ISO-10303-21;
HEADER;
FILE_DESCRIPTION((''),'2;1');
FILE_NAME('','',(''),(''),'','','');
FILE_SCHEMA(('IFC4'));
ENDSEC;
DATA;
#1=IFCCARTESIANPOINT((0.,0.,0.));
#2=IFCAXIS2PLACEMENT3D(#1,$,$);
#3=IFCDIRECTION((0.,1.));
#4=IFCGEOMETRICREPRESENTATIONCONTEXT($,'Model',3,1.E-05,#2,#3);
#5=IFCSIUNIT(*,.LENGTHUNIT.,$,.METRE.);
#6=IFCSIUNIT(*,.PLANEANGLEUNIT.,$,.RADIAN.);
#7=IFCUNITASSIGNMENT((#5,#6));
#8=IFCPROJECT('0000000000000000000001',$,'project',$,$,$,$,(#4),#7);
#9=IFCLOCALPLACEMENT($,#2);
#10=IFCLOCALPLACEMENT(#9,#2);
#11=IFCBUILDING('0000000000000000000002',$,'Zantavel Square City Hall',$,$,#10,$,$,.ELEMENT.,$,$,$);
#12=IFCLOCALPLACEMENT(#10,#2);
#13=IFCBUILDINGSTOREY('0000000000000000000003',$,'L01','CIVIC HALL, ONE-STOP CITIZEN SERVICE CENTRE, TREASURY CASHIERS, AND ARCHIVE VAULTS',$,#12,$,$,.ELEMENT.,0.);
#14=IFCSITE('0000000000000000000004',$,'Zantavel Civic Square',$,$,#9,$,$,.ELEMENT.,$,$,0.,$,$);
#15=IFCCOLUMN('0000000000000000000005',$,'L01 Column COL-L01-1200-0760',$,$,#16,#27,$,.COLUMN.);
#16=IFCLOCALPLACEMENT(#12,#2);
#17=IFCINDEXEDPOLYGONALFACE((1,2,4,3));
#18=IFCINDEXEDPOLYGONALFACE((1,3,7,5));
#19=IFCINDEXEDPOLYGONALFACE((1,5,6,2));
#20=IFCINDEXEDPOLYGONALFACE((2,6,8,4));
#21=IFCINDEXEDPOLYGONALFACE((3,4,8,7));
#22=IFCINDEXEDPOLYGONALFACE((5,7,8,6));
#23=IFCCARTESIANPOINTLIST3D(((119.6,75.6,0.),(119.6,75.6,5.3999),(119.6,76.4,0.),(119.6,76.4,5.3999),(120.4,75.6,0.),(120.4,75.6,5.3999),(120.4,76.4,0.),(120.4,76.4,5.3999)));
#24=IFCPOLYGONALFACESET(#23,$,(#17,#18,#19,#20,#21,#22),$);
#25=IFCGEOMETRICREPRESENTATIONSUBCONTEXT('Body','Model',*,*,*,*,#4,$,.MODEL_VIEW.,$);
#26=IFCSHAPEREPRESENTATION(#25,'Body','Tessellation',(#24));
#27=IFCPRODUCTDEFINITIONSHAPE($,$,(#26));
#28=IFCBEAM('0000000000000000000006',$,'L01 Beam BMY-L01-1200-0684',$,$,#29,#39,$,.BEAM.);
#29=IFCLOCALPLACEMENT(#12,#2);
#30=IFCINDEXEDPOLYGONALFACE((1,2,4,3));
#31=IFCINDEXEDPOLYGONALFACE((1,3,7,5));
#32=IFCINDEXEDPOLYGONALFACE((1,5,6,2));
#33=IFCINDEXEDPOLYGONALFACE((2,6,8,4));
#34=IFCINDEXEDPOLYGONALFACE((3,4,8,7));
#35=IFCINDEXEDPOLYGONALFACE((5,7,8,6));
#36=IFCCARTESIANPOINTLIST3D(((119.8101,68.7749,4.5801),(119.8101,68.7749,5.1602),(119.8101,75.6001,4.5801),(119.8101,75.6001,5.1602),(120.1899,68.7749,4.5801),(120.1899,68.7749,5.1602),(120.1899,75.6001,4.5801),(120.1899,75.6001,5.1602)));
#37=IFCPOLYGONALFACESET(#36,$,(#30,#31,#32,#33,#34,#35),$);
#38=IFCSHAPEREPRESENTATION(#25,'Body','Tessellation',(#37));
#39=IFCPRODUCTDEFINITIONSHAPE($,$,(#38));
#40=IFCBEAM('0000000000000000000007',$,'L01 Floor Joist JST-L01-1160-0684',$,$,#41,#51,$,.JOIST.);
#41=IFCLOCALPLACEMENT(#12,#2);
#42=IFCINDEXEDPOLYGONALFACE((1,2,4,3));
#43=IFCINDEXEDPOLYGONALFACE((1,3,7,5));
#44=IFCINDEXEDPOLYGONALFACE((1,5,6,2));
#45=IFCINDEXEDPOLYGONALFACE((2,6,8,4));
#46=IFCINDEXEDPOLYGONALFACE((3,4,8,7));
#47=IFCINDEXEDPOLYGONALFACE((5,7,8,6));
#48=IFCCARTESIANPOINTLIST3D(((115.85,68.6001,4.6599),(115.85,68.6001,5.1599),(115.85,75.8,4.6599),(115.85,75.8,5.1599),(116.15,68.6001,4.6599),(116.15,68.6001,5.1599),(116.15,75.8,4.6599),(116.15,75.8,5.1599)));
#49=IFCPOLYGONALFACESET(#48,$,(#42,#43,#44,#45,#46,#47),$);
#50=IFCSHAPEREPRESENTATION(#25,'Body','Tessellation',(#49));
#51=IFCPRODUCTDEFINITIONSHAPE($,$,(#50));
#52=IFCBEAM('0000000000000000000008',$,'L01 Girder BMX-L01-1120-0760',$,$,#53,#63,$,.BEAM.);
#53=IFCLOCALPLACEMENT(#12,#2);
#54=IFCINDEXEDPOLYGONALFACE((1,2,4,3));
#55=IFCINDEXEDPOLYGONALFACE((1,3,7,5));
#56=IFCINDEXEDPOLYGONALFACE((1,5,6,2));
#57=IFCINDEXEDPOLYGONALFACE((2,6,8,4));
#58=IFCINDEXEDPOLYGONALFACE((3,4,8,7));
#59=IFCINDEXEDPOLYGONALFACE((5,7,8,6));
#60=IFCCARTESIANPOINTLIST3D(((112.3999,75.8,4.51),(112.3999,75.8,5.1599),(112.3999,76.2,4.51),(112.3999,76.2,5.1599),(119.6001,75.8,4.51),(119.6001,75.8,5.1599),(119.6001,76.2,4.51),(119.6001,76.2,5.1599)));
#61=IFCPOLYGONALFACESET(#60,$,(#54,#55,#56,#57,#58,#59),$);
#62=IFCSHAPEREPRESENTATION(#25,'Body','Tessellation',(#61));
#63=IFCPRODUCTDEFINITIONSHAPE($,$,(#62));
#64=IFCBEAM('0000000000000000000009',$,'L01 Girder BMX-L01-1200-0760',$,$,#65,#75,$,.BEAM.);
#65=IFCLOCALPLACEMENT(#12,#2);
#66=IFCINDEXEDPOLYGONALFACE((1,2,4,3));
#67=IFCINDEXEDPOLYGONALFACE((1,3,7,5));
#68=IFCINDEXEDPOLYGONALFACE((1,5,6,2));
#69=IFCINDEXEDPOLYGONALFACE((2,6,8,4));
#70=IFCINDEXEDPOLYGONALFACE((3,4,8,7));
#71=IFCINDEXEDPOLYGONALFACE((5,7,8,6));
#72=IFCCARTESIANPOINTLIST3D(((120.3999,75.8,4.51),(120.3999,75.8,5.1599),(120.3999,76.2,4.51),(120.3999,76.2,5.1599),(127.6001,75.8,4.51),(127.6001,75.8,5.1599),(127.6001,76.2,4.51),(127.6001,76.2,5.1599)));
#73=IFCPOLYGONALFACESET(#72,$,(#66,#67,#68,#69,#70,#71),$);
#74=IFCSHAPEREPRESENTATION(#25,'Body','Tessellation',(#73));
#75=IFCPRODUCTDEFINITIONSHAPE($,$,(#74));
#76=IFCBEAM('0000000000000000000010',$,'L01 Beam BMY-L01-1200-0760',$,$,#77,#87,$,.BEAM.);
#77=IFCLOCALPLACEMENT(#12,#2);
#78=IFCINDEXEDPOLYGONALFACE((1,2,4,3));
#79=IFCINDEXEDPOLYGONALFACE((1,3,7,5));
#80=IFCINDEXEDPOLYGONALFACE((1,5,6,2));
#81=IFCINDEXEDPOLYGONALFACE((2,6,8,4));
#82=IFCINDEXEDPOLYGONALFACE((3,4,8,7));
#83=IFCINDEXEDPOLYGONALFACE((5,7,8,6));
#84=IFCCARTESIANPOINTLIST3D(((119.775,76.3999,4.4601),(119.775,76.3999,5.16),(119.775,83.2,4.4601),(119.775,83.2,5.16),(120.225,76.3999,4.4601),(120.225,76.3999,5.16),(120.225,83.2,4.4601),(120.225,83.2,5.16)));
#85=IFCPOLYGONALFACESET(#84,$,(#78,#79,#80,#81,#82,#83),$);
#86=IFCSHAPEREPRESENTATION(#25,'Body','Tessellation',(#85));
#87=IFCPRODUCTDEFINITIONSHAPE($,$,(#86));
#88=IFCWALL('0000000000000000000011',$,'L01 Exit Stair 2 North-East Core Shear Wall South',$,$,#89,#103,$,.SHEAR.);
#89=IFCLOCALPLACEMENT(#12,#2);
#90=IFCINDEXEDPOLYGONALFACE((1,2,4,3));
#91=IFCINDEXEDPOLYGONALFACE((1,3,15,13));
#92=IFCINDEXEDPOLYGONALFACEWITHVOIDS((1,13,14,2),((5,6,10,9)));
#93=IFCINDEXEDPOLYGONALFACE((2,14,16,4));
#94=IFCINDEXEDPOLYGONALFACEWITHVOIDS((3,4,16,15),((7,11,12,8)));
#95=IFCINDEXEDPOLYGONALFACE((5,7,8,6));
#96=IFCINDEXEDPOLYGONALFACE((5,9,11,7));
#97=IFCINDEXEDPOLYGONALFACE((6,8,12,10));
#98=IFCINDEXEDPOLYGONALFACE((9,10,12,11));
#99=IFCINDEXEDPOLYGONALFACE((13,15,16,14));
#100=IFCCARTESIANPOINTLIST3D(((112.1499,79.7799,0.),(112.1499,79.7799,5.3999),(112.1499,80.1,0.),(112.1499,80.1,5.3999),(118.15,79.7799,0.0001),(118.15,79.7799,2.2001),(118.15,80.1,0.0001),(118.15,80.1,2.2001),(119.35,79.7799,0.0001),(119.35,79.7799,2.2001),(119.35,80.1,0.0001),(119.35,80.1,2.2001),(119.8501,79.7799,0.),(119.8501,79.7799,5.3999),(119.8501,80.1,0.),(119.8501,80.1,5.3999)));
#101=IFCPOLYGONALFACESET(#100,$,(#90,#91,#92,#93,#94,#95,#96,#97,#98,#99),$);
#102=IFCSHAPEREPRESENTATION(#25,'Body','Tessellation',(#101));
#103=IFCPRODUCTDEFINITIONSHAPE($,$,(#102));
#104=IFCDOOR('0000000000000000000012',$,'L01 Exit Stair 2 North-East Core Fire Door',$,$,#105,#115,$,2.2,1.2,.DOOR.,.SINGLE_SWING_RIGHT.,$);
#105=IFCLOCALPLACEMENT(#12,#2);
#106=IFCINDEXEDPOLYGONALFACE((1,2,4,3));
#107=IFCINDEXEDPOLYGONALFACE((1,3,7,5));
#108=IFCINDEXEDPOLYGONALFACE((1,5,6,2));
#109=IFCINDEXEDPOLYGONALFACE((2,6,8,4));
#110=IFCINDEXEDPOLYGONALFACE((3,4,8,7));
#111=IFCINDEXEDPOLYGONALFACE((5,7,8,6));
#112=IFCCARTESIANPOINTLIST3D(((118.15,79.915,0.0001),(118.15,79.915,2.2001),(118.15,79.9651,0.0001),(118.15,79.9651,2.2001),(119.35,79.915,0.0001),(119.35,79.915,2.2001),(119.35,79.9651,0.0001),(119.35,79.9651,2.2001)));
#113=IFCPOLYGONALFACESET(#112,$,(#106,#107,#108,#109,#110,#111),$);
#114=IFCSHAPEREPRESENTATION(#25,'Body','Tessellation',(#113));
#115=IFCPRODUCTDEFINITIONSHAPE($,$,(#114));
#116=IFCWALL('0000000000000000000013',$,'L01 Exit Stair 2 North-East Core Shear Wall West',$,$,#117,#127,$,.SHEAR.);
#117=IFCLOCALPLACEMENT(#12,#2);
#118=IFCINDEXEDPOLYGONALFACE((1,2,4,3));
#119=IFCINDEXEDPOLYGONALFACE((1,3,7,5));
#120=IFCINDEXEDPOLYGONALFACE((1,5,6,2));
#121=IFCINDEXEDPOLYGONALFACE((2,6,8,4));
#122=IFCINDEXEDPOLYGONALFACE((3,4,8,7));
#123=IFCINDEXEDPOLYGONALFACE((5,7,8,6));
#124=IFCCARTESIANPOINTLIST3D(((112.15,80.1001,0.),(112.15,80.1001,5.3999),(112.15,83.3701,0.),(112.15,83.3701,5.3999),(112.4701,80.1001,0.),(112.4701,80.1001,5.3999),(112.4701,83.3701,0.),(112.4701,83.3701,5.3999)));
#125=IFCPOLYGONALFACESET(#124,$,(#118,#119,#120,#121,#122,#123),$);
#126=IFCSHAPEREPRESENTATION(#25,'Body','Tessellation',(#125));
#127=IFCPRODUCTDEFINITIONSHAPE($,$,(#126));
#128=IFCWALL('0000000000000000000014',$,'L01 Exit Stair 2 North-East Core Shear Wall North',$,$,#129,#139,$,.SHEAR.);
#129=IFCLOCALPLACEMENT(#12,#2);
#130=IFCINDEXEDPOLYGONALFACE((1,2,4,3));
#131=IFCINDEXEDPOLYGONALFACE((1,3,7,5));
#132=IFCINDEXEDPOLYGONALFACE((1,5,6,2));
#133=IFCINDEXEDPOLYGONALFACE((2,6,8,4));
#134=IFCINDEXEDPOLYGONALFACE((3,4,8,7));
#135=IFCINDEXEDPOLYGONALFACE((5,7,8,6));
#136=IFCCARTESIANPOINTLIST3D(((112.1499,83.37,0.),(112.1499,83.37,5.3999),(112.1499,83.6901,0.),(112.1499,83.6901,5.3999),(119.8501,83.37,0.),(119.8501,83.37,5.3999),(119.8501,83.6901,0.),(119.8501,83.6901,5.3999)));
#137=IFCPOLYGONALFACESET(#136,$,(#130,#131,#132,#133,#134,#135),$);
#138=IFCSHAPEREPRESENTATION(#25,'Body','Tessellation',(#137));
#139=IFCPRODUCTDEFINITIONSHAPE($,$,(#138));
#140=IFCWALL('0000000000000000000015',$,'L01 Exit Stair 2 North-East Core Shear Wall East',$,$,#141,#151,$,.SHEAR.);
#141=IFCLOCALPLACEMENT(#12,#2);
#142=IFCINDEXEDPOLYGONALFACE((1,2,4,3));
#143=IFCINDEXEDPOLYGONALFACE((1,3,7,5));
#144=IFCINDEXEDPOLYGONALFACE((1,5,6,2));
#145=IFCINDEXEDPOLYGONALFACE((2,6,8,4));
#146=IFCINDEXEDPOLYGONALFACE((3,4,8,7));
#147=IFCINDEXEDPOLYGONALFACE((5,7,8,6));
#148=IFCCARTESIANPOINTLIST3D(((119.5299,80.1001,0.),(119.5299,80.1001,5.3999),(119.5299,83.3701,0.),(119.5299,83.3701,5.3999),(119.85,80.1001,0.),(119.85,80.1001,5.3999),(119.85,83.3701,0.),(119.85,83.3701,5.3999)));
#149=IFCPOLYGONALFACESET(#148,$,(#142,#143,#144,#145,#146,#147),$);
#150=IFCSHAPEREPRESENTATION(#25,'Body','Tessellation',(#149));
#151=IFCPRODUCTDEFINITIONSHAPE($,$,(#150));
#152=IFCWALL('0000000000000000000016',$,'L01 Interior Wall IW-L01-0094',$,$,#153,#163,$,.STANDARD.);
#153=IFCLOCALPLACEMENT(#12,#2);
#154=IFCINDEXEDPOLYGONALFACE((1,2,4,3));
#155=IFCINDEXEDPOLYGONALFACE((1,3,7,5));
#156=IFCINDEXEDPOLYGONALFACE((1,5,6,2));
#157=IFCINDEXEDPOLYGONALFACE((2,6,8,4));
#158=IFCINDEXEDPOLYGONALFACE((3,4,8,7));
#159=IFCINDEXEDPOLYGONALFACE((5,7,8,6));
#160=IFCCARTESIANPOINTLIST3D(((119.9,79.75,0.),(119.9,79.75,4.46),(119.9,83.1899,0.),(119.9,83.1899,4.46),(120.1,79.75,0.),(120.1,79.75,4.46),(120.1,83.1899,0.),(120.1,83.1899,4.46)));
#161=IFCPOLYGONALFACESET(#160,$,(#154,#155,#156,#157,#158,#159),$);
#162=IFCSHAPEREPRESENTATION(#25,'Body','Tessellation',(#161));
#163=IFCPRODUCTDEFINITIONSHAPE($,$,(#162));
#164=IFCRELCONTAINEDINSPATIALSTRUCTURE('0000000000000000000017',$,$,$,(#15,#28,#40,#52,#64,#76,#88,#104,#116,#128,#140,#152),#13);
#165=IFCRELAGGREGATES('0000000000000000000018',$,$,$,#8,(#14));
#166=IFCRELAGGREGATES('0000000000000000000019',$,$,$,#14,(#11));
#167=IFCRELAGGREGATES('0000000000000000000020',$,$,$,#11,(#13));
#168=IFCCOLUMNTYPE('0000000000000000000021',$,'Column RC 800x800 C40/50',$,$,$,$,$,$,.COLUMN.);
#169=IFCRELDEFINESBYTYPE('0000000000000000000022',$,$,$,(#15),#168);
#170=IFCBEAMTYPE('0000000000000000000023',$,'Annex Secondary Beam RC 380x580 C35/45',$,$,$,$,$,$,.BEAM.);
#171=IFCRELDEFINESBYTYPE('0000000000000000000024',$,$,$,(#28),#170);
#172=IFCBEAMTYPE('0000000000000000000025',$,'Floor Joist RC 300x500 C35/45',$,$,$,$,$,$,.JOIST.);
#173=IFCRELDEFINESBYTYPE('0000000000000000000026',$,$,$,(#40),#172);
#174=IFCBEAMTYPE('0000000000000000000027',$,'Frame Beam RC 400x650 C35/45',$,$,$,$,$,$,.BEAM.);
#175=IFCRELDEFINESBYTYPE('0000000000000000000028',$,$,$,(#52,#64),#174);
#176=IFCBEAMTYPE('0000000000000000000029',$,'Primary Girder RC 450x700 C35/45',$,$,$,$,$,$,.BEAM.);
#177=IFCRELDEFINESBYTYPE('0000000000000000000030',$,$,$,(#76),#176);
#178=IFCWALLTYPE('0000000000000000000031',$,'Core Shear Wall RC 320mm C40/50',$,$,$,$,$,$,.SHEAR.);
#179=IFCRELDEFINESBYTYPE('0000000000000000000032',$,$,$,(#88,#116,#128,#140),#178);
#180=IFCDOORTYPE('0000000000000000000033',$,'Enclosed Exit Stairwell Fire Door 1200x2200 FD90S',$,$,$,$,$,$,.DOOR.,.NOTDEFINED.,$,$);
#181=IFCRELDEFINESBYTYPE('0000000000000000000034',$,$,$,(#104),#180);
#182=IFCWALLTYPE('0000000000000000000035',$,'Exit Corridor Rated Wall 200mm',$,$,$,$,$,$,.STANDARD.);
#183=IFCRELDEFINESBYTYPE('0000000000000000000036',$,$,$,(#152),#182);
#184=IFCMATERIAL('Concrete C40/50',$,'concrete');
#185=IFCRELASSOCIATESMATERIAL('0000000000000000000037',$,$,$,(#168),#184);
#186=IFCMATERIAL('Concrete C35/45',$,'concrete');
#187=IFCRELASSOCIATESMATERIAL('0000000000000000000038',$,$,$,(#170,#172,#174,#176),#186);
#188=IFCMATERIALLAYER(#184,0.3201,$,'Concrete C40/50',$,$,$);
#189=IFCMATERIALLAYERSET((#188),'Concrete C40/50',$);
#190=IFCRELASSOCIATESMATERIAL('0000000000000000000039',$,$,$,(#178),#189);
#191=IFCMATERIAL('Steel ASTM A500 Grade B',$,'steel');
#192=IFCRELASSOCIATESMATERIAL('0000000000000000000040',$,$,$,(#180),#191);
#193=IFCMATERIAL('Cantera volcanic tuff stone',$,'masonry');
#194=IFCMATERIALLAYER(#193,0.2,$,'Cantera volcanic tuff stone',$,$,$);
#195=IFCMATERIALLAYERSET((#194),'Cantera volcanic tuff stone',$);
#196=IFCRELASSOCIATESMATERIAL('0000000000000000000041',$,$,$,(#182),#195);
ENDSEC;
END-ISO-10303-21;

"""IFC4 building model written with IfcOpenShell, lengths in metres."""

from ifc_helpers import new_model, si_unit, direction, frame, frame_2d, origin, origin_2d, place, context, subcontext, project, spatial, rectangle, extrude, material, layer, layer_set, material_profile, profile_set, type_object, element, fill, save


model = new_model("IFC4")

# Units and contexts
model_context = context("Model", 3, precision=1e-05, world=origin(), true_north=direction((0.0, 1.0)))
body_context = subcontext(model_context, "Body", "Model", "MODEL_VIEW")
ifc_project = project(units=[si_unit("LENGTHUNIT", "METRE"), si_unit("PLANEANGLEUNIT", "RADIAN")], contexts=[model_context])

# Site, building, storey
site_placement = place(None, origin())
site = spatial("IfcSite", under=ifc_project, at=site_placement, Name="Zantavel Civic Square", CompositionType="ELEMENT", RefElevation=0.0)
building_placement = place(site_placement, origin())
building = spatial("IfcBuilding", under=site, at=building_placement, Name="Zantavel Square City Hall", CompositionType="ELEMENT")
storey_placement = place(building_placement, origin())
storey = spatial("IfcBuildingStorey", under=building, at=storey_placement, Name="L01", Description="CIVIC HALL, ONE-STOP CITIZEN SERVICE CENTRE, TREASURY CASHIERS, AND ARCHIVE VAULTS", CompositionType="ELEMENT", Elevation=0.0)

# Column
ifc_material_1 = material(Name="Concrete C40/50", Category="concrete")
ifc_material_profile_1 = material_profile(ifc_material_1, rectangle(XDim=0.8, YDim=0.8, at=origin_2d()), Name="RC 800x800")
ifc_profile_set_1 = profile_set([ifc_material_profile_1], Name="Concrete C40/50")
column_type = type_object("IfcColumnType", Name="Column RC 800x800 C40/50", PredefinedType="COLUMN", material=ifc_profile_set_1)
column_placement = place(storey_placement, frame((120.0, 76.0, 0.0), z_axis=(0.0, 0.0, 1.0), x_axis=(1.0, 0.0, 0.0)))
element("IfcColumn", 1, at=column_placement, inside=storey, type_object=column_type, Name="L01 Column COL-L01-1200-0760", PredefinedType="COLUMN", context=body_context, shape_type="SweptSolid", body=[
    extrude(rectangle(XDim=0.8, YDim=0.8, at=origin_2d()), origin(), (0.0, 0.0, 1.0), 5.3999),
])

# Beams
ifc_material_2 = material(Name="Concrete C35/45", Category="concrete")
ifc_material_profile_2 = material_profile(ifc_material_2, rectangle(XDim=0.3799, YDim=0.5801, at=origin_2d()), Name="RC 380x580")
ifc_profile_set_2 = profile_set([ifc_material_profile_2], Name="Concrete C35/45")
beam_type_1 = type_object("IfcBeamType", Name="Annex Secondary Beam RC 380x580 C35/45", PredefinedType="BEAM", material=ifc_profile_set_2)
beam_1_placement = place(storey_placement, frame((120.0, 68.7749, 4.8701), z_axis=(0.0, 1.0, 0.0), x_axis=(-1.0, 0.0, 0.0)))
element("IfcBeam", 2, at=beam_1_placement, inside=storey, type_object=beam_type_1, Name="L01 Beam BMY-L01-1200-0684", PredefinedType="BEAM", context=body_context, shape_type="SweptSolid", body=[
    extrude(rectangle(XDim=0.3799, YDim=0.5801, at=origin_2d()), origin(), (0.0, 0.0, 1.0), 6.8252),
])
ifc_material_profile_3 = material_profile(ifc_material_2, rectangle(XDim=0.3, YDim=0.5, at=origin_2d()), Name="RC 300x500")
ifc_profile_set_3 = profile_set([ifc_material_profile_3], Name="Concrete C35/45")
beam_type_2 = type_object("IfcBeamType", Name="Floor Joist RC 300x500 C35/45", PredefinedType="JOIST", material=ifc_profile_set_3)
beam_2_placement = place(storey_placement, frame((116.0, 68.6001, 4.9099), z_axis=(0.0, 1.0, 0.0), x_axis=(-1.0, 0.0, 0.0)))
element("IfcBeam", 3, at=beam_2_placement, inside=storey, type_object=beam_type_2, Name="L01 Floor Joist JST-L01-1160-0684", PredefinedType="JOIST", context=body_context, shape_type="SweptSolid", body=[
    extrude(rectangle(XDim=0.3, YDim=0.5, at=origin_2d()), origin(), (0.0, 0.0, 1.0), 7.2),
])
ifc_material_profile_4 = material_profile(ifc_material_2, rectangle(XDim=0.3999, YDim=0.6499, at=origin_2d()), Name="RC 400x650")
ifc_profile_set_4 = profile_set([ifc_material_profile_4], Name="Concrete C35/45")
beam_type_3 = type_object("IfcBeamType", Name="Frame Beam RC 400x650 C35/45", PredefinedType="BEAM", material=ifc_profile_set_4)
for number, where, z_axis, x_axis, name in (
    (4, (112.3999, 76.0, 4.835), (1.0, 0.0, 0.0), (0.0, 1.0, 0.0), "L01 Girder BMX-L01-1120-0760"),
    (5, (120.3999, 76.0, 4.835), (1.0, 0.0, 0.0), (0.0, 1.0, 0.0), "L01 Girder BMX-L01-1200-0760"),
):
    element("IfcBeam", number, at=place(storey_placement, frame(where, z_axis=z_axis, x_axis=x_axis)), inside=storey, type_object=beam_type_3, Name=name, PredefinedType="BEAM", context=body_context, shape_type="SweptSolid", body=[
        extrude(rectangle(XDim=0.3999, YDim=0.6499, at=origin_2d()), origin(), (0.0, 0.0, 1.0), 7.2002),
    ])
ifc_material_profile_5 = material_profile(ifc_material_2, rectangle(XDim=0.45, YDim=0.7, at=origin_2d()), Name="RC 450x700")
ifc_profile_set_5 = profile_set([ifc_material_profile_5], Name="Concrete C35/45")
beam_type_4 = type_object("IfcBeamType", Name="Primary Girder RC 450x700 C35/45", PredefinedType="BEAM", material=ifc_profile_set_5)
beam_3_placement = place(storey_placement, frame((120.0, 76.3999, 4.8101), z_axis=(0.0, 1.0, 0.0), x_axis=(-1.0, 0.0, 0.0)))
element("IfcBeam", 6, at=beam_3_placement, inside=storey, type_object=beam_type_4, Name="L01 Beam BMY-L01-1200-0760", PredefinedType="BEAM", context=body_context, shape_type="SweptSolid", body=[
    extrude(rectangle(XDim=0.45, YDim=0.7, at=origin_2d()), origin(), (0.0, 0.0, 1.0), 6.8),
])

# Wall, opening, door
ifc_layer_1 = layer(ifc_material_1, 0.3201, Name="Concrete C40/50")
ifc_layer_set_1 = layer_set([ifc_layer_1], Name="Concrete C40/50")
wall_type_1 = type_object("IfcWallType", Name="Core Shear Wall RC 320mm C40/50", PredefinedType="SHEAR", material=ifc_layer_set_1)
wall_1_placement = place(storey_placement, frame((119.8501, 79.9399, 0.0), z_axis=(0.0, 0.0, 1.0), x_axis=(-1.0, 0.0, 0.0)))
wall_1 = element("IfcWall", 7, at=wall_1_placement, inside=storey, type_object=wall_type_1, Name="L01 Exit Stair 2 North-East Core Shear Wall South", PredefinedType="SHEAR", context=body_context, shape_type="SweptSolid", body=[
    extrude(rectangle(XDim=7.7002, YDim=0.3201, at=frame_2d((3.8501, 0.0))), origin(), (0.0, 0.0, 1.0), 5.3999),
])
opening_1_placement = place(wall_1_placement, frame((0.5, 0.0, 0.0)))
opening_1 = element("IfcOpeningElement", 8, at=opening_1_placement, cuts=wall_1, PredefinedType="OPENING", context=body_context, shape_type="SweptSolid", body=[
    extrude(rectangle(XDim=1.2, YDim=2.2, at=frame_2d((0.6001, 1.1001))), frame((0.0, 0.1699, 0.0), z_axis=(0.0, -1.0, 0.0), x_axis=(1.0, 0.0, 0.0)), (0.0, 0.0, 1.0), 0.3401),
])
ifc_material_3 = material(Name="Steel ASTM A500 Grade B", Category="steel")
door_type_1 = type_object("IfcDoorType", Name="Enclosed Exit Stairwell Fire Door 1200x2200 FD90S", OperationType="NOTDEFINED", PredefinedType="DOOR", material=ifc_material_3)
door_1_placement = place(opening_1_placement, origin())
door_1 = element("IfcDoor", 9, at=door_1_placement, inside=storey, type_object=door_type_1, Name="L01 Exit Stair 2 North-East Core Fire Door", OperationType="SINGLE_SWING_RIGHT", OverallHeight=2.2, OverallWidth=1.2, PredefinedType="DOOR", context=body_context, shape_type="SweptSolid", body=[
    extrude(rectangle(XDim=1.2, YDim=2.2, at=frame_2d((0.6001, 1.1001))), frame((0.0, 0.0249, 0.0), z_axis=(0.0, -1.0, 0.0), x_axis=(1.0, 0.0, 0.0)), (0.0, 0.0, 1.0), 0.05),
])
fill(opening_1, door_1)

# Walls
wall_2_placement = place(storey_placement, frame((112.3101, 80.1001, 0.0), z_axis=(0.0, 0.0, 1.0), x_axis=(0.0, 1.0, 0.0)))
element("IfcWall", 10, at=wall_2_placement, inside=storey, type_object=wall_type_1, Name="L01 Exit Stair 2 North-East Core Shear Wall West", PredefinedType="SHEAR", context=body_context, shape_type="SweptSolid", body=[
    extrude(rectangle(XDim=3.27, YDim=0.3201, at=frame_2d((1.635, 0.0))), origin(), (0.0, 0.0, 1.0), 5.3999),
])
wall_3_placement = place(storey_placement, frame((112.1499, 83.53, 0.0), z_axis=(0.0, 0.0, 1.0), x_axis=(1.0, 0.0, 0.0)))
element("IfcWall", 11, at=wall_3_placement, inside=storey, type_object=wall_type_1, Name="L01 Exit Stair 2 North-East Core Shear Wall North", PredefinedType="SHEAR", context=body_context, shape_type="SweptSolid", body=[
    extrude(rectangle(XDim=7.7002, YDim=0.3201, at=frame_2d((3.8501, 0.0))), origin(), (0.0, 0.0, 1.0), 5.3999),
])
wall_4_placement = place(storey_placement, frame((119.6899, 83.3701, 0.0), z_axis=(0.0, 0.0, 1.0), x_axis=(0.0, -1.0, 0.0)))
element("IfcWall", 12, at=wall_4_placement, inside=storey, type_object=wall_type_1, Name="L01 Exit Stair 2 North-East Core Shear Wall East", PredefinedType="SHEAR", context=body_context, shape_type="SweptSolid", body=[
    extrude(rectangle(XDim=3.27, YDim=0.3201, at=frame_2d((1.635, 0.0))), origin(), (0.0, 0.0, 1.0), 5.3999),
])
ifc_material_4 = material(Name="Cantera volcanic tuff stone", Category="masonry")
ifc_layer_2 = layer(ifc_material_4, 0.2, Name="Cantera volcanic tuff stone")
ifc_layer_set_2 = layer_set([ifc_layer_2], Name="Cantera volcanic tuff stone")
wall_type_2 = type_object("IfcWallType", Name="Exit Corridor Rated Wall 200mm", PredefinedType="STANDARD", material=ifc_layer_set_2)
wall_5_placement = place(storey_placement, frame((120.0, 83.1899, 0.0), z_axis=(0.0, 0.0, 1.0), x_axis=(0.0, -1.0, 0.0)))
element("IfcWall", 13, at=wall_5_placement, inside=storey, type_object=wall_type_2, Name="L01 Interior Wall IW-L01-0094", PredefinedType="STANDARD", context=body_context, shape_type="SweptSolid", body=[
    extrude(rectangle(XDim=3.4399, YDim=0.2, at=frame_2d((1.72, 0.0))), origin(), (0.0, 0.0, 1.0), 4.46),
])

save(model, "model.ifc")
